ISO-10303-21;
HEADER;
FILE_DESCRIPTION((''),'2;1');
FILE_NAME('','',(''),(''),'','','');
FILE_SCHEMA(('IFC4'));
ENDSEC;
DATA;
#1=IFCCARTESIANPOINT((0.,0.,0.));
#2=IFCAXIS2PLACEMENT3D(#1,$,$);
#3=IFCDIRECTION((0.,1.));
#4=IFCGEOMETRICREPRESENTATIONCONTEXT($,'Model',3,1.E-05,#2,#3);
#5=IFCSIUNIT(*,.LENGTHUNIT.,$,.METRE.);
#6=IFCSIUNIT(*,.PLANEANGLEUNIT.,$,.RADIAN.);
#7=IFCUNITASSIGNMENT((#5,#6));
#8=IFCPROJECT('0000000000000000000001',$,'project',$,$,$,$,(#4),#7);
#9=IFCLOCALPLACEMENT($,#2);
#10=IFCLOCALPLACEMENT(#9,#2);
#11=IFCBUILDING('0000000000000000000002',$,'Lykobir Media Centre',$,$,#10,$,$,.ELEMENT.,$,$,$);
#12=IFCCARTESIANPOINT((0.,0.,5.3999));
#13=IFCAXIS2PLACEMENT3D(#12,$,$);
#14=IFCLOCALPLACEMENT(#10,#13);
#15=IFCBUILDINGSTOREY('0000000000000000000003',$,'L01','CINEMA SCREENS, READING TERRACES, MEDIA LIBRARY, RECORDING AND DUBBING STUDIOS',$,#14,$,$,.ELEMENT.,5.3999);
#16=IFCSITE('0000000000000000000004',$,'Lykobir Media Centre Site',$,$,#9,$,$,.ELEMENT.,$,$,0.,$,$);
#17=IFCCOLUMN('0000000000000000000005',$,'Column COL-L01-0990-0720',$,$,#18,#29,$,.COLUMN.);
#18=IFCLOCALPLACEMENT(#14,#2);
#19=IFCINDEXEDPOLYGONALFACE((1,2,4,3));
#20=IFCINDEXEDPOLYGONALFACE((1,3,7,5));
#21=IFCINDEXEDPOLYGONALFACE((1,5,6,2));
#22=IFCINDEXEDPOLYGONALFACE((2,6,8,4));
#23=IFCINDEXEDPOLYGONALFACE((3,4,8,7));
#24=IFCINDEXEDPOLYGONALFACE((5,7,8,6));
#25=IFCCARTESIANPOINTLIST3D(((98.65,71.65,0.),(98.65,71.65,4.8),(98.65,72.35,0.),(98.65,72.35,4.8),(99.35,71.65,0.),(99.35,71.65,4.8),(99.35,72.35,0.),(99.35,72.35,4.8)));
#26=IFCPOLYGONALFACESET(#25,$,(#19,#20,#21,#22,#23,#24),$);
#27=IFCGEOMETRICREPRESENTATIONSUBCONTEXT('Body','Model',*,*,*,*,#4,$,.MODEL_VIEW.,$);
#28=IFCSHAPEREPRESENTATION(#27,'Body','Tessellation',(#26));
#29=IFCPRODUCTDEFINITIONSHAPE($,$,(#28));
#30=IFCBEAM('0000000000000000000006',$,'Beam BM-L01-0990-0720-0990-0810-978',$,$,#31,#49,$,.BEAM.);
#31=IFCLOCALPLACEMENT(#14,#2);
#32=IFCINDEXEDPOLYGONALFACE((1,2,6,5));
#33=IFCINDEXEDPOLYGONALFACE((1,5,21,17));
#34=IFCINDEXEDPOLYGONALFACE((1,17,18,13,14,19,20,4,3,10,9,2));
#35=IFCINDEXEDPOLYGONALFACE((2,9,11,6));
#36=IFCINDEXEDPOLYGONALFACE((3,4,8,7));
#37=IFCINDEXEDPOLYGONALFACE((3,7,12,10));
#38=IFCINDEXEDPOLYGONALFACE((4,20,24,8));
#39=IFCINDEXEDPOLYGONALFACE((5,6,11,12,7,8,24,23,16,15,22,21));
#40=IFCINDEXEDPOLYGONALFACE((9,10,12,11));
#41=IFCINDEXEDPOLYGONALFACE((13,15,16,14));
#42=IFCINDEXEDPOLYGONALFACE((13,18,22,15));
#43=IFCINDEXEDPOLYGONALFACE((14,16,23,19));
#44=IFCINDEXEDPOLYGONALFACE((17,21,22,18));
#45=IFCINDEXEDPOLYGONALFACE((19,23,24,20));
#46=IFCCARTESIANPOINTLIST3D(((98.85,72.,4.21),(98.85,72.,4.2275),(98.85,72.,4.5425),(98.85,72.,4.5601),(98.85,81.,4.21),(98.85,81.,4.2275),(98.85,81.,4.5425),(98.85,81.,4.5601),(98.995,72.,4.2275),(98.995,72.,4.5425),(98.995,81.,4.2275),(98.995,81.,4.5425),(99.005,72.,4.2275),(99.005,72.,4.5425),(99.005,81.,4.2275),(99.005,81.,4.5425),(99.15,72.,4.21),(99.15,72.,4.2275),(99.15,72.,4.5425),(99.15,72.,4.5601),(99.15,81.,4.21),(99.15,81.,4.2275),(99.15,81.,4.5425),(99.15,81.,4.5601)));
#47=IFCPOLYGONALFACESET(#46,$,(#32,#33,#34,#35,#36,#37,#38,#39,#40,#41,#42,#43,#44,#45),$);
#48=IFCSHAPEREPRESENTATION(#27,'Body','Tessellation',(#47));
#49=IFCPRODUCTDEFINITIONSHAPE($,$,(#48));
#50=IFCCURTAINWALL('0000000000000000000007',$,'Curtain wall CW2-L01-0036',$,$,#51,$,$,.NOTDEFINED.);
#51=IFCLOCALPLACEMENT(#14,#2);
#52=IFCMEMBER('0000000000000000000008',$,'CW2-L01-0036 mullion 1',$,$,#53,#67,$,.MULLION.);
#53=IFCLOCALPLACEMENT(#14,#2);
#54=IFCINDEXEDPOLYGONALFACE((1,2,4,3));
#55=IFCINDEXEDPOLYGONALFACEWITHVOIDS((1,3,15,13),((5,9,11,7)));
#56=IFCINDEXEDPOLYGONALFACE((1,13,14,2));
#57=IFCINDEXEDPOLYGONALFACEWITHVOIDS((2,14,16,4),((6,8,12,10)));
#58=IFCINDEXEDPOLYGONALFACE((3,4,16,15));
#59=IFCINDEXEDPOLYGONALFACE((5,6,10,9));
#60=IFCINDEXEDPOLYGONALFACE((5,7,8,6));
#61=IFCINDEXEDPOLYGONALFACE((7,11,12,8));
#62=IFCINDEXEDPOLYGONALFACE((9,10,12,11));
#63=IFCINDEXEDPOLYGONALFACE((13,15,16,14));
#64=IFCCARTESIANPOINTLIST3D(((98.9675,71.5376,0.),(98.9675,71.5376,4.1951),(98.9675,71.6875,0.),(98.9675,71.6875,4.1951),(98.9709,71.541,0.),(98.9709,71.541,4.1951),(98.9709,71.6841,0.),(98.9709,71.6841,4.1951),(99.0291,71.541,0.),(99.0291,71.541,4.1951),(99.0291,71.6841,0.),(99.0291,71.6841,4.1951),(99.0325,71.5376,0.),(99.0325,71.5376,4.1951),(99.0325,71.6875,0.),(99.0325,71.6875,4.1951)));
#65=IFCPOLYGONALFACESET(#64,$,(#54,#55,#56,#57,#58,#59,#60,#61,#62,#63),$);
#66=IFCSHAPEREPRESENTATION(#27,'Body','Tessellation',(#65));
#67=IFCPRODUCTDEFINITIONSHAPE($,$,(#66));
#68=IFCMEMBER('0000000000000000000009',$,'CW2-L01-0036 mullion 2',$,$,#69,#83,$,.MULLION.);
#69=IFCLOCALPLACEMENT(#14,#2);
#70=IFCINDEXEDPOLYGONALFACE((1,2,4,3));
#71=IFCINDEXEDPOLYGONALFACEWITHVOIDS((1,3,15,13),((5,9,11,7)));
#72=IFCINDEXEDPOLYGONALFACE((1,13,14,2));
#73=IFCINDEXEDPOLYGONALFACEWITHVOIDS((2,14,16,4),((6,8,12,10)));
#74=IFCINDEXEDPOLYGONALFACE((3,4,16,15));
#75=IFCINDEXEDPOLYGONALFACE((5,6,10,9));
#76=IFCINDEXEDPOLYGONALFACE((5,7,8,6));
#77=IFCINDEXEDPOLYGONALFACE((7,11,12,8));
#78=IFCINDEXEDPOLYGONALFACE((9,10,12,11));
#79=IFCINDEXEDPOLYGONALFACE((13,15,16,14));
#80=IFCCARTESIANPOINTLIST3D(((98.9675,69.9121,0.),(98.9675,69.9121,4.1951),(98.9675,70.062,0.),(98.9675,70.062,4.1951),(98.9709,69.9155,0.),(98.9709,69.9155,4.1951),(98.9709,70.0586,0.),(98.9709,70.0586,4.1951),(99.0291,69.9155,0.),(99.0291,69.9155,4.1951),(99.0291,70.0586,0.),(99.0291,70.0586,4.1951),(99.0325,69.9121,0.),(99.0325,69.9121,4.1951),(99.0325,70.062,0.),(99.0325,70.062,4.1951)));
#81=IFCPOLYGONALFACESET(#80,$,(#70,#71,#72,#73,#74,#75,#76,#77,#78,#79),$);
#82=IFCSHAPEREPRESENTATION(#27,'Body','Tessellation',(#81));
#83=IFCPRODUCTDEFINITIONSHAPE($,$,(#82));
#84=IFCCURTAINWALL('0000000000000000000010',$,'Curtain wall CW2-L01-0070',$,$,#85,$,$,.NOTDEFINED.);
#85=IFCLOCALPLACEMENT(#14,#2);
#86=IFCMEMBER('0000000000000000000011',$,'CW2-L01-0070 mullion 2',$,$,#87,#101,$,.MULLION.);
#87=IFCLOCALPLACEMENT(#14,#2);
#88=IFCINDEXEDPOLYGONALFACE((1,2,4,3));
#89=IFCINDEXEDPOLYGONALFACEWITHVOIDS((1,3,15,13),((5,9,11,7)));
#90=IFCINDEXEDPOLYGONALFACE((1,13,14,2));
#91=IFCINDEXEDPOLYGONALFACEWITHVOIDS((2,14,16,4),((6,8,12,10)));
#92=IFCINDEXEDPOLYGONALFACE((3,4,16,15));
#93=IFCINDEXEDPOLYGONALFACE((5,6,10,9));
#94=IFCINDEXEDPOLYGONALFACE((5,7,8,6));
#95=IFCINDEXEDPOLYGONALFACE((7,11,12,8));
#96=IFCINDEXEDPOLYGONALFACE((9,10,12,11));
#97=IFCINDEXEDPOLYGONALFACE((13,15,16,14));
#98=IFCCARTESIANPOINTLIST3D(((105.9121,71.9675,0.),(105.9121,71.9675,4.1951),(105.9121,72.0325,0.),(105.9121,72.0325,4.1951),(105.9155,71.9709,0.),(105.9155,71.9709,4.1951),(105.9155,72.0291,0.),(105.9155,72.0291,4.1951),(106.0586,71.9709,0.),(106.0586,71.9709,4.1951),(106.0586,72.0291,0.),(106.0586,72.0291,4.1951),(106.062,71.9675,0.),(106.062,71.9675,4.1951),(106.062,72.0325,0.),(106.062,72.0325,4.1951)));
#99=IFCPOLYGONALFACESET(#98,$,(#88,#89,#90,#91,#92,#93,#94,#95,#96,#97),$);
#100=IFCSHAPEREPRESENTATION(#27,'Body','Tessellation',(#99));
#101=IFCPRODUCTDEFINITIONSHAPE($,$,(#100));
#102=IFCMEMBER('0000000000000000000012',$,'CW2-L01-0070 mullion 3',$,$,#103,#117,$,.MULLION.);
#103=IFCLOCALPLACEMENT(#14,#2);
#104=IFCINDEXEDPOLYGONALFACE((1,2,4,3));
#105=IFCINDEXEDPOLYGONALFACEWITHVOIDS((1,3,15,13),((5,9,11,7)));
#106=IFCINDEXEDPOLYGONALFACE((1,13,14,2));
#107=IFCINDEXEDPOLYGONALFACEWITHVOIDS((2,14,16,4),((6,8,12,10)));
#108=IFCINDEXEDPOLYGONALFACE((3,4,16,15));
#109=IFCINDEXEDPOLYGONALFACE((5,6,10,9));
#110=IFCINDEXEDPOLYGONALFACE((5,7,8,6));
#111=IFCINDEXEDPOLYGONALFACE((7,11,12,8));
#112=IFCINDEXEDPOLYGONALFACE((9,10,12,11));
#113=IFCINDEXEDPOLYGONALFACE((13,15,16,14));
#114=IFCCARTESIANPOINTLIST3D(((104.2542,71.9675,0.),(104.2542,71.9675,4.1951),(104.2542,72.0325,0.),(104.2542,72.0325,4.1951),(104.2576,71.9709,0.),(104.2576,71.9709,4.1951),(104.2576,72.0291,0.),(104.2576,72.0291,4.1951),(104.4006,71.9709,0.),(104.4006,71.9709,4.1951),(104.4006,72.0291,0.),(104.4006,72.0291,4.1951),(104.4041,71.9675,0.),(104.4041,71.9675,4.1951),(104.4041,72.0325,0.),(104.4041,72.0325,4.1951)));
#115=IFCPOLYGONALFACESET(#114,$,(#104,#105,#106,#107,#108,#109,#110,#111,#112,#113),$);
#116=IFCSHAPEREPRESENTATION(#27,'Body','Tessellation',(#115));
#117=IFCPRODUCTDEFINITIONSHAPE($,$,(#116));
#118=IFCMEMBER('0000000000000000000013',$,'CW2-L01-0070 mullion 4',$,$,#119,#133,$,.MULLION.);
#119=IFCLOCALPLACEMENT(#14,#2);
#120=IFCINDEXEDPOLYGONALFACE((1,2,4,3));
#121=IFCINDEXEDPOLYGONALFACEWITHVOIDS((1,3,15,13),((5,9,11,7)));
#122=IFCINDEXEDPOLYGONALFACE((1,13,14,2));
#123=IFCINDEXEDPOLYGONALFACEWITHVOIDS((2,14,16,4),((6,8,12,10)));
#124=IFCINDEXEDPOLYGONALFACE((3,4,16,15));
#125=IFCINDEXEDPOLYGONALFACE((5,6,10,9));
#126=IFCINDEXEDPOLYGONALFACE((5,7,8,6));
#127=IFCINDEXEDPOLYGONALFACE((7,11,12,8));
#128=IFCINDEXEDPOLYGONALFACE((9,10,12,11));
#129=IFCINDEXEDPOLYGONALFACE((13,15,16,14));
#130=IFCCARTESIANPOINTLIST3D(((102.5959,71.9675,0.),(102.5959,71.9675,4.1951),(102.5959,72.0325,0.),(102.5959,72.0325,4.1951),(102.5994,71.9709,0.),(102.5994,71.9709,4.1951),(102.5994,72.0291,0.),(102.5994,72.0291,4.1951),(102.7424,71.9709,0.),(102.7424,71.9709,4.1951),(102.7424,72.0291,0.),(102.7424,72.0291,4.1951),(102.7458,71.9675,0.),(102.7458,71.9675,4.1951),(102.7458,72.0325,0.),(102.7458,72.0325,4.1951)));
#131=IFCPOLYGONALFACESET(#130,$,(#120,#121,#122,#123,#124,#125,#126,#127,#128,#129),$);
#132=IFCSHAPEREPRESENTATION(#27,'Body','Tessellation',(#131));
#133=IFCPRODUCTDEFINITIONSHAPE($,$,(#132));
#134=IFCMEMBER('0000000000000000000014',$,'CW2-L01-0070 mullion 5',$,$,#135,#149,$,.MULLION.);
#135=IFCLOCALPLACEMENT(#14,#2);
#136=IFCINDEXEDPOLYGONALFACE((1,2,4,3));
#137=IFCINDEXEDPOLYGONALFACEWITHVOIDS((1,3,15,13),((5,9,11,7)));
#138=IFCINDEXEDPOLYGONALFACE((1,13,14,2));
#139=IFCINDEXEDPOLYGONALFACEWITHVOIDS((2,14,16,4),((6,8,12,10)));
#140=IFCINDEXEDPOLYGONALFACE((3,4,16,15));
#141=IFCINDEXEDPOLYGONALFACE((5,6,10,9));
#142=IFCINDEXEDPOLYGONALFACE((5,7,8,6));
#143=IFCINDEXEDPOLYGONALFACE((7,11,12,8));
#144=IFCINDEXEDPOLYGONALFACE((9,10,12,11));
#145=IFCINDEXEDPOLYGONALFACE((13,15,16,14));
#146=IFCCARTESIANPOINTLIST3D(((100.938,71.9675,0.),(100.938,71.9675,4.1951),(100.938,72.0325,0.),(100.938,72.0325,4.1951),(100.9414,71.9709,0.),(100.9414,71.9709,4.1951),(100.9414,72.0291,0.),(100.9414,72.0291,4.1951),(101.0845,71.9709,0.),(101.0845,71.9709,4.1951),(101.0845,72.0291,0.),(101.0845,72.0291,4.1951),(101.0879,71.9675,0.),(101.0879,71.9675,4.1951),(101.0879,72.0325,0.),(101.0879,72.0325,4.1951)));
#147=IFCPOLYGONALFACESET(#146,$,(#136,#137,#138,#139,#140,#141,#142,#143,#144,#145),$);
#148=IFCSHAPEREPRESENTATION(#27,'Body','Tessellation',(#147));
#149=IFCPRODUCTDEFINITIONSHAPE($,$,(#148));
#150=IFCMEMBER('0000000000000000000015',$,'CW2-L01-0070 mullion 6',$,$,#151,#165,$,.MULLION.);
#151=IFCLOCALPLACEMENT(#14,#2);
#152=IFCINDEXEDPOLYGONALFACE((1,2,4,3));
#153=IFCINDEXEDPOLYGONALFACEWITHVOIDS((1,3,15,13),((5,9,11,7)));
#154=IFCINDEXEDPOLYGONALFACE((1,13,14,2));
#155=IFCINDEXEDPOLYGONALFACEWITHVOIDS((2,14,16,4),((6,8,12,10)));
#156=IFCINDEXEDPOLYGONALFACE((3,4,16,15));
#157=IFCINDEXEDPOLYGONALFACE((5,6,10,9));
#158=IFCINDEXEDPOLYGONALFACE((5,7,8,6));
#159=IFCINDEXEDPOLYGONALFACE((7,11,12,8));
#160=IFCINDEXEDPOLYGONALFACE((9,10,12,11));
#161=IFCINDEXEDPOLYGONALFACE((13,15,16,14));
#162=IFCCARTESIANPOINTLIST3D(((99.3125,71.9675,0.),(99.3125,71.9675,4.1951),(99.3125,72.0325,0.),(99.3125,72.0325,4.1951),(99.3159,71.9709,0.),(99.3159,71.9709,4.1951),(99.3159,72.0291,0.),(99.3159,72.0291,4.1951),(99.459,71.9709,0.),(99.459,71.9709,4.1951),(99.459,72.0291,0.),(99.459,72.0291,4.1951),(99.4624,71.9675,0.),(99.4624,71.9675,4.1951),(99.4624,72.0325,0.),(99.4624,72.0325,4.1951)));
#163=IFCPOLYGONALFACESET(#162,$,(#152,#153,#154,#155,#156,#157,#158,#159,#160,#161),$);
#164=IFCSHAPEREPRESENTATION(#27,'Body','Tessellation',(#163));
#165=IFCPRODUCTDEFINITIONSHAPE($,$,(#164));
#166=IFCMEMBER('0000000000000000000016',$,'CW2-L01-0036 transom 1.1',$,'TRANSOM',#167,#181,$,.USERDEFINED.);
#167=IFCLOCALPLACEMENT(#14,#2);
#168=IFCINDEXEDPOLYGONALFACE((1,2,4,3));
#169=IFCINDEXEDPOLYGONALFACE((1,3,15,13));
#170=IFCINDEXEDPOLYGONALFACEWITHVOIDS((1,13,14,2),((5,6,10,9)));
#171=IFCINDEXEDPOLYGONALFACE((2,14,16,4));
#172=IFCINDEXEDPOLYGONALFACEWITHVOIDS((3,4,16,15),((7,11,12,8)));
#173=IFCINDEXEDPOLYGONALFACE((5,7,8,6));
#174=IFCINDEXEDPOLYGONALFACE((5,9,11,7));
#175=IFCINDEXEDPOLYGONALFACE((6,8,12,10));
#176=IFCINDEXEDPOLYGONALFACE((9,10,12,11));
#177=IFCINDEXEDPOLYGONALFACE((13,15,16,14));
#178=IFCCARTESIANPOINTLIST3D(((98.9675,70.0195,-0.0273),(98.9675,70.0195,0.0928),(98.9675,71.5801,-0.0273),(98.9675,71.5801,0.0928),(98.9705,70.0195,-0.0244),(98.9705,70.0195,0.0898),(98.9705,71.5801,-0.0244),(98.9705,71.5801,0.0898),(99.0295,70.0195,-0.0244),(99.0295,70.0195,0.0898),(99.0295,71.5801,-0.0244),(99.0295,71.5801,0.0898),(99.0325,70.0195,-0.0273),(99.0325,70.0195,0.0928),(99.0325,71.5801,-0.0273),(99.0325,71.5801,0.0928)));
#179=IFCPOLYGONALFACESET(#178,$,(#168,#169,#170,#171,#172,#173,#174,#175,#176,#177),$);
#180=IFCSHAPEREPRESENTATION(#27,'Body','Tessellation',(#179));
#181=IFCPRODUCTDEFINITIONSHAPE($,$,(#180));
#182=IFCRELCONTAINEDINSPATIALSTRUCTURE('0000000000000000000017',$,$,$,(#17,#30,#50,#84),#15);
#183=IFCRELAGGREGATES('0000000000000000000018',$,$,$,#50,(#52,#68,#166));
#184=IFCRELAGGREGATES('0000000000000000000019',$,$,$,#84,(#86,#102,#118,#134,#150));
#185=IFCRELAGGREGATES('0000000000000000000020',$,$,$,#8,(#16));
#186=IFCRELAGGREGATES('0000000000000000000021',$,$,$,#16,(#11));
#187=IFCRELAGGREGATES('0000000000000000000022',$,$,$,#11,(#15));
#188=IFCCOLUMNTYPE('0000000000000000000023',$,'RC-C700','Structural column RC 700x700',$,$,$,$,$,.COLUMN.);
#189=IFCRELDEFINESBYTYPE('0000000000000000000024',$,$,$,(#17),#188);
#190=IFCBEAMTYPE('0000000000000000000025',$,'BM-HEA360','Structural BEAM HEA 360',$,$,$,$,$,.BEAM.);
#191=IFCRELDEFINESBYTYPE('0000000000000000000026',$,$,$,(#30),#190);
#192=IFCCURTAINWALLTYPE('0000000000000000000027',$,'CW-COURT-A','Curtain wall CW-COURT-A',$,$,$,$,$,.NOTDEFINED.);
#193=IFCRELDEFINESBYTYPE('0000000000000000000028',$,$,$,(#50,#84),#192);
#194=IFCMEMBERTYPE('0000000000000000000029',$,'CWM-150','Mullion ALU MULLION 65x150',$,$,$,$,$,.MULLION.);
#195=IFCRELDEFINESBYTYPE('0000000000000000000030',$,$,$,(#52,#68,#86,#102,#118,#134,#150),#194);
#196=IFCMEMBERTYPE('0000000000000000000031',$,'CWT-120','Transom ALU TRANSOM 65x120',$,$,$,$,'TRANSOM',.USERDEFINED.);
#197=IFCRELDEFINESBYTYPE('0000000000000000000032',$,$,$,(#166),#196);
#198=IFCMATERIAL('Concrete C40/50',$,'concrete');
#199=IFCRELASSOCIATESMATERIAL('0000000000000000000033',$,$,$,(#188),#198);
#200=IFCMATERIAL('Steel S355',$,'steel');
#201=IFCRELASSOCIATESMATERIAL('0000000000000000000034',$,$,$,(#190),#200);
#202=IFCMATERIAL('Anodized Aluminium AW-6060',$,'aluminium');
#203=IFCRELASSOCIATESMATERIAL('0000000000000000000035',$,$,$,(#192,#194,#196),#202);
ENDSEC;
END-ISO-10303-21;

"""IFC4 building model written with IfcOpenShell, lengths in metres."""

from ifc_helpers import new_model, si_unit, direction, frame, origin, origin_2d, place, context, subcontext, project, spatial, rectangle, hollow_rectangle, i_section, extrude, material, material_profile, profile_set, type_object, element, aggregate, save


model = new_model("IFC4")

# Units and contexts
model_context = context("Model", 3, precision=1e-05, world=origin(), true_north=direction((0.0, 1.0)))
body_context = subcontext(model_context, "Body", "Model", "MODEL_VIEW")
ifc_project = project(units=[si_unit("LENGTHUNIT", "METRE"), si_unit("PLANEANGLEUNIT", "RADIAN")], contexts=[model_context])

# Site, building, storey
site_placement = place(None, origin())
site = spatial("IfcSite", under=ifc_project, at=site_placement, Name="Lykobir Media Centre Site", CompositionType="ELEMENT", RefElevation=0.0)
building_placement = place(site_placement, origin())
building = spatial("IfcBuilding", under=site, at=building_placement, Name="Lykobir Media Centre", CompositionType="ELEMENT")
storey_placement = place(building_placement, frame((0.0, 0.0, 5.3999)))
storey = spatial("IfcBuildingStorey", under=building, at=storey_placement, Name="L01", Description="CINEMA SCREENS, READING TERRACES, MEDIA LIBRARY, RECORDING AND DUBBING STUDIOS", CompositionType="ELEMENT", Elevation=5.3999)

# Column
ifc_material_1 = material(Name="Concrete C40/50", Category="concrete")
ifc_material_profile_1 = material_profile(ifc_material_1, rectangle(XDim=0.7, YDim=0.7, at=origin_2d()), Name="RC 700x700")
ifc_profile_set_1 = profile_set([ifc_material_profile_1], Name="Concrete C40/50")
column_type = type_object("IfcColumnType", Name="RC-C700", Description="Structural column RC 700x700", PredefinedType="COLUMN", material=ifc_profile_set_1)
column_placement = place(storey_placement, frame((99.0, 72.0, 0.0), z_axis=(0.0, 0.0, 1.0), x_axis=(1.0, 0.0, 0.0)))
element("IfcColumn", 1, at=column_placement, inside=storey, type_object=column_type, Name="Column COL-L01-0990-0720", PredefinedType="COLUMN", context=body_context, shape_type="SweptSolid", body=[
    extrude(rectangle(XDim=0.7, YDim=0.7, at=origin_2d()), origin(), (0.0, 0.0, 1.0), 4.8),
])

# Beam
ifc_material_2 = material(Name="Steel S355", Category="steel")
ifc_material_profile_2 = material_profile(ifc_material_2, i_section(OverallWidth=0.3, OverallDepth=0.3501, WebThickness=0.01, FlangeThickness=0.0176, at=origin_2d()), Name="HEA 360")
ifc_profile_set_2 = profile_set([ifc_material_profile_2], Name="Steel S355")
beam_type_1 = type_object("IfcBeamType", Name="BM-HEA360", Description="Structural BEAM HEA 360", PredefinedType="BEAM", material=ifc_profile_set_2)
beam_1_placement = place(storey_placement, frame((99.0, 72.0, 4.385), z_axis=(0.0, 1.0, 0.0), x_axis=(-1.0, 0.0, 0.0)))
element("IfcBeam", 2, at=beam_1_placement, inside=storey, type_object=beam_type_1, Name="Beam BM-L01-0990-0720-0990-0810-978", PredefinedType="BEAM", context=body_context, shape_type="SweptSolid", body=[
    extrude(i_section(OverallWidth=0.3, OverallDepth=0.3501, WebThickness=0.01, FlangeThickness=0.0176, at=origin_2d()), origin(), (0.0, 0.0, 1.0), 9.0),
])

# Curtain walls, members
ifc_material_3 = material(Name="Anodized Aluminium AW-6060", Category="aluminium")
curtain_wall_type = type_object("IfcCurtainWallType", Name="CW-COURT-A", Description="Curtain wall CW-COURT-A", PredefinedType="NOTDEFINED", material=ifc_material_3)
curtain_wall_1_placement = place(storey_placement, origin())
curtain_wall_1 = element("IfcCurtainWall", 3, at=curtain_wall_1_placement, inside=storey, type_object=curtain_wall_type, Name="Curtain wall CW2-L01-0036", PredefinedType="NOTDEFINED")
ifc_material_profile_3 = material_profile(ifc_material_3, hollow_rectangle(XDim=0.0649, YDim=0.1499, WallThickness=0.0034, at=origin_2d()), Name="ALU MULLION 65x150")
ifc_profile_set_3 = profile_set([ifc_material_profile_3], Name="Anodized Aluminium AW-6060")
member_type_1 = type_object("IfcMemberType", Name="CWM-150", Description="Mullion ALU MULLION 65x150", PredefinedType="MULLION", material=ifc_profile_set_3)
member_1_placement = place(storey_placement, frame((99.0, 71.6125, 0.0), z_axis=(0.0, 0.0, 1.0), x_axis=(1.0, 0.0, 0.0)))
member_1 = element("IfcMember", 4, at=member_1_placement, type_object=member_type_1, Name="CW2-L01-0036 mullion 1", PredefinedType="MULLION", context=body_context, shape_type="SweptSolid", body=[
    extrude(hollow_rectangle(XDim=0.0649, YDim=0.1499, WallThickness=0.0034, at=origin_2d()), origin(), (0.0, 0.0, 1.0), 4.1951),
])
member_2_placement = place(storey_placement, frame((99.0, 69.9871, 0.0), z_axis=(0.0, 0.0, 1.0), x_axis=(1.0, 0.0, 0.0)))
member_2 = element("IfcMember", 5, at=member_2_placement, type_object=member_type_1, Name="CW2-L01-0036 mullion 2", PredefinedType="MULLION", context=body_context, shape_type="SweptSolid", body=[
    extrude(hollow_rectangle(XDim=0.0649, YDim=0.1499, WallThickness=0.0034, at=origin_2d()), origin(), (0.0, 0.0, 1.0), 4.1951),
])
curtain_wall_2_placement = place(storey_placement, origin())
curtain_wall_2 = element("IfcCurtainWall", 6, at=curtain_wall_2_placement, inside=storey, type_object=curtain_wall_type, Name="Curtain wall CW2-L01-0070", PredefinedType="NOTDEFINED")
member_3_placement = place(storey_placement, frame((105.9871, 72.0, 0.0), z_axis=(0.0, 0.0, 1.0), x_axis=(0.0, -1.0, 0.0)))
member_3 = element("IfcMember", 7, at=member_3_placement, type_object=member_type_1, Name="CW2-L01-0070 mullion 2", PredefinedType="MULLION", context=body_context, shape_type="SweptSolid", body=[
    extrude(hollow_rectangle(XDim=0.0649, YDim=0.1499, WallThickness=0.0034, at=origin_2d()), origin(), (0.0, 0.0, 1.0), 4.1951),
])
member_4_placement = place(storey_placement, frame((104.3291, 72.0, 0.0), z_axis=(0.0, 0.0, 1.0), x_axis=(0.0, -1.0, 0.0)))
member_4 = element("IfcMember", 8, at=member_4_placement, type_object=member_type_1, Name="CW2-L01-0070 mullion 3", PredefinedType="MULLION", context=body_context, shape_type="SweptSolid", body=[
    extrude(hollow_rectangle(XDim=0.0649, YDim=0.1499, WallThickness=0.0034, at=origin_2d()), origin(), (0.0, 0.0, 1.0), 4.1951),
])
member_5_placement = place(storey_placement, frame((102.6709, 72.0, 0.0), z_axis=(0.0, 0.0, 1.0), x_axis=(0.0, -1.0, 0.0)))
member_5 = element("IfcMember", 9, at=member_5_placement, type_object=member_type_1, Name="CW2-L01-0070 mullion 4", PredefinedType="MULLION", context=body_context, shape_type="SweptSolid", body=[
    extrude(hollow_rectangle(XDim=0.0649, YDim=0.1499, WallThickness=0.0034, at=origin_2d()), origin(), (0.0, 0.0, 1.0), 4.1951),
])
member_6_placement = place(storey_placement, frame((101.0129, 72.0, 0.0), z_axis=(0.0, 0.0, 1.0), x_axis=(0.0, -1.0, 0.0)))
member_6 = element("IfcMember", 10, at=member_6_placement, type_object=member_type_1, Name="CW2-L01-0070 mullion 5", PredefinedType="MULLION", context=body_context, shape_type="SweptSolid", body=[
    extrude(hollow_rectangle(XDim=0.0649, YDim=0.1499, WallThickness=0.0034, at=origin_2d()), origin(), (0.0, 0.0, 1.0), 4.1951),
])
member_7_placement = place(storey_placement, frame((99.3875, 72.0, 0.0), z_axis=(0.0, 0.0, 1.0), x_axis=(0.0, -1.0, 0.0)))
member_7 = element("IfcMember", 11, at=member_7_placement, type_object=member_type_1, Name="CW2-L01-0070 mullion 6", PredefinedType="MULLION", context=body_context, shape_type="SweptSolid", body=[
    extrude(hollow_rectangle(XDim=0.0649, YDim=0.1499, WallThickness=0.0034, at=origin_2d()), origin(), (0.0, 0.0, 1.0), 4.1951),
])

# Member
ifc_material_profile_4 = material_profile(ifc_material_3, hollow_rectangle(XDim=0.0649, YDim=0.1201, WallThickness=0.0029, at=origin_2d()), Name="ALU TRANSOM 65x120")
ifc_profile_set_4 = profile_set([ifc_material_profile_4], Name="Anodized Aluminium AW-6060")
member_type_2 = type_object("IfcMemberType", Name="CWT-120", Description="Transom ALU TRANSOM 65x120", ElementType="TRANSOM", PredefinedType="USERDEFINED", material=ifc_profile_set_4)
member_8_placement = place(storey_placement, frame((99.0, 71.5801, 0.0327), z_axis=(0.0, -1.0, 0.0), x_axis=(1.0, 0.0, 0.0)))
member_8 = element("IfcMember", 12, at=member_8_placement, type_object=member_type_2, Name="CW2-L01-0036 transom 1.1", ObjectType="TRANSOM", PredefinedType="USERDEFINED", context=body_context, shape_type="SweptSolid", body=[
    extrude(hollow_rectangle(XDim=0.0649, YDim=0.1201, WallThickness=0.0029, at=origin_2d()), origin(), (0.0, 0.0, 1.0), 1.5605),
])

aggregate(curtain_wall_1, [member_1, member_2, member_8])
aggregate(curtain_wall_2, [member_3, member_4, member_5, member_6, member_7])

save(model, "model.ifc")
